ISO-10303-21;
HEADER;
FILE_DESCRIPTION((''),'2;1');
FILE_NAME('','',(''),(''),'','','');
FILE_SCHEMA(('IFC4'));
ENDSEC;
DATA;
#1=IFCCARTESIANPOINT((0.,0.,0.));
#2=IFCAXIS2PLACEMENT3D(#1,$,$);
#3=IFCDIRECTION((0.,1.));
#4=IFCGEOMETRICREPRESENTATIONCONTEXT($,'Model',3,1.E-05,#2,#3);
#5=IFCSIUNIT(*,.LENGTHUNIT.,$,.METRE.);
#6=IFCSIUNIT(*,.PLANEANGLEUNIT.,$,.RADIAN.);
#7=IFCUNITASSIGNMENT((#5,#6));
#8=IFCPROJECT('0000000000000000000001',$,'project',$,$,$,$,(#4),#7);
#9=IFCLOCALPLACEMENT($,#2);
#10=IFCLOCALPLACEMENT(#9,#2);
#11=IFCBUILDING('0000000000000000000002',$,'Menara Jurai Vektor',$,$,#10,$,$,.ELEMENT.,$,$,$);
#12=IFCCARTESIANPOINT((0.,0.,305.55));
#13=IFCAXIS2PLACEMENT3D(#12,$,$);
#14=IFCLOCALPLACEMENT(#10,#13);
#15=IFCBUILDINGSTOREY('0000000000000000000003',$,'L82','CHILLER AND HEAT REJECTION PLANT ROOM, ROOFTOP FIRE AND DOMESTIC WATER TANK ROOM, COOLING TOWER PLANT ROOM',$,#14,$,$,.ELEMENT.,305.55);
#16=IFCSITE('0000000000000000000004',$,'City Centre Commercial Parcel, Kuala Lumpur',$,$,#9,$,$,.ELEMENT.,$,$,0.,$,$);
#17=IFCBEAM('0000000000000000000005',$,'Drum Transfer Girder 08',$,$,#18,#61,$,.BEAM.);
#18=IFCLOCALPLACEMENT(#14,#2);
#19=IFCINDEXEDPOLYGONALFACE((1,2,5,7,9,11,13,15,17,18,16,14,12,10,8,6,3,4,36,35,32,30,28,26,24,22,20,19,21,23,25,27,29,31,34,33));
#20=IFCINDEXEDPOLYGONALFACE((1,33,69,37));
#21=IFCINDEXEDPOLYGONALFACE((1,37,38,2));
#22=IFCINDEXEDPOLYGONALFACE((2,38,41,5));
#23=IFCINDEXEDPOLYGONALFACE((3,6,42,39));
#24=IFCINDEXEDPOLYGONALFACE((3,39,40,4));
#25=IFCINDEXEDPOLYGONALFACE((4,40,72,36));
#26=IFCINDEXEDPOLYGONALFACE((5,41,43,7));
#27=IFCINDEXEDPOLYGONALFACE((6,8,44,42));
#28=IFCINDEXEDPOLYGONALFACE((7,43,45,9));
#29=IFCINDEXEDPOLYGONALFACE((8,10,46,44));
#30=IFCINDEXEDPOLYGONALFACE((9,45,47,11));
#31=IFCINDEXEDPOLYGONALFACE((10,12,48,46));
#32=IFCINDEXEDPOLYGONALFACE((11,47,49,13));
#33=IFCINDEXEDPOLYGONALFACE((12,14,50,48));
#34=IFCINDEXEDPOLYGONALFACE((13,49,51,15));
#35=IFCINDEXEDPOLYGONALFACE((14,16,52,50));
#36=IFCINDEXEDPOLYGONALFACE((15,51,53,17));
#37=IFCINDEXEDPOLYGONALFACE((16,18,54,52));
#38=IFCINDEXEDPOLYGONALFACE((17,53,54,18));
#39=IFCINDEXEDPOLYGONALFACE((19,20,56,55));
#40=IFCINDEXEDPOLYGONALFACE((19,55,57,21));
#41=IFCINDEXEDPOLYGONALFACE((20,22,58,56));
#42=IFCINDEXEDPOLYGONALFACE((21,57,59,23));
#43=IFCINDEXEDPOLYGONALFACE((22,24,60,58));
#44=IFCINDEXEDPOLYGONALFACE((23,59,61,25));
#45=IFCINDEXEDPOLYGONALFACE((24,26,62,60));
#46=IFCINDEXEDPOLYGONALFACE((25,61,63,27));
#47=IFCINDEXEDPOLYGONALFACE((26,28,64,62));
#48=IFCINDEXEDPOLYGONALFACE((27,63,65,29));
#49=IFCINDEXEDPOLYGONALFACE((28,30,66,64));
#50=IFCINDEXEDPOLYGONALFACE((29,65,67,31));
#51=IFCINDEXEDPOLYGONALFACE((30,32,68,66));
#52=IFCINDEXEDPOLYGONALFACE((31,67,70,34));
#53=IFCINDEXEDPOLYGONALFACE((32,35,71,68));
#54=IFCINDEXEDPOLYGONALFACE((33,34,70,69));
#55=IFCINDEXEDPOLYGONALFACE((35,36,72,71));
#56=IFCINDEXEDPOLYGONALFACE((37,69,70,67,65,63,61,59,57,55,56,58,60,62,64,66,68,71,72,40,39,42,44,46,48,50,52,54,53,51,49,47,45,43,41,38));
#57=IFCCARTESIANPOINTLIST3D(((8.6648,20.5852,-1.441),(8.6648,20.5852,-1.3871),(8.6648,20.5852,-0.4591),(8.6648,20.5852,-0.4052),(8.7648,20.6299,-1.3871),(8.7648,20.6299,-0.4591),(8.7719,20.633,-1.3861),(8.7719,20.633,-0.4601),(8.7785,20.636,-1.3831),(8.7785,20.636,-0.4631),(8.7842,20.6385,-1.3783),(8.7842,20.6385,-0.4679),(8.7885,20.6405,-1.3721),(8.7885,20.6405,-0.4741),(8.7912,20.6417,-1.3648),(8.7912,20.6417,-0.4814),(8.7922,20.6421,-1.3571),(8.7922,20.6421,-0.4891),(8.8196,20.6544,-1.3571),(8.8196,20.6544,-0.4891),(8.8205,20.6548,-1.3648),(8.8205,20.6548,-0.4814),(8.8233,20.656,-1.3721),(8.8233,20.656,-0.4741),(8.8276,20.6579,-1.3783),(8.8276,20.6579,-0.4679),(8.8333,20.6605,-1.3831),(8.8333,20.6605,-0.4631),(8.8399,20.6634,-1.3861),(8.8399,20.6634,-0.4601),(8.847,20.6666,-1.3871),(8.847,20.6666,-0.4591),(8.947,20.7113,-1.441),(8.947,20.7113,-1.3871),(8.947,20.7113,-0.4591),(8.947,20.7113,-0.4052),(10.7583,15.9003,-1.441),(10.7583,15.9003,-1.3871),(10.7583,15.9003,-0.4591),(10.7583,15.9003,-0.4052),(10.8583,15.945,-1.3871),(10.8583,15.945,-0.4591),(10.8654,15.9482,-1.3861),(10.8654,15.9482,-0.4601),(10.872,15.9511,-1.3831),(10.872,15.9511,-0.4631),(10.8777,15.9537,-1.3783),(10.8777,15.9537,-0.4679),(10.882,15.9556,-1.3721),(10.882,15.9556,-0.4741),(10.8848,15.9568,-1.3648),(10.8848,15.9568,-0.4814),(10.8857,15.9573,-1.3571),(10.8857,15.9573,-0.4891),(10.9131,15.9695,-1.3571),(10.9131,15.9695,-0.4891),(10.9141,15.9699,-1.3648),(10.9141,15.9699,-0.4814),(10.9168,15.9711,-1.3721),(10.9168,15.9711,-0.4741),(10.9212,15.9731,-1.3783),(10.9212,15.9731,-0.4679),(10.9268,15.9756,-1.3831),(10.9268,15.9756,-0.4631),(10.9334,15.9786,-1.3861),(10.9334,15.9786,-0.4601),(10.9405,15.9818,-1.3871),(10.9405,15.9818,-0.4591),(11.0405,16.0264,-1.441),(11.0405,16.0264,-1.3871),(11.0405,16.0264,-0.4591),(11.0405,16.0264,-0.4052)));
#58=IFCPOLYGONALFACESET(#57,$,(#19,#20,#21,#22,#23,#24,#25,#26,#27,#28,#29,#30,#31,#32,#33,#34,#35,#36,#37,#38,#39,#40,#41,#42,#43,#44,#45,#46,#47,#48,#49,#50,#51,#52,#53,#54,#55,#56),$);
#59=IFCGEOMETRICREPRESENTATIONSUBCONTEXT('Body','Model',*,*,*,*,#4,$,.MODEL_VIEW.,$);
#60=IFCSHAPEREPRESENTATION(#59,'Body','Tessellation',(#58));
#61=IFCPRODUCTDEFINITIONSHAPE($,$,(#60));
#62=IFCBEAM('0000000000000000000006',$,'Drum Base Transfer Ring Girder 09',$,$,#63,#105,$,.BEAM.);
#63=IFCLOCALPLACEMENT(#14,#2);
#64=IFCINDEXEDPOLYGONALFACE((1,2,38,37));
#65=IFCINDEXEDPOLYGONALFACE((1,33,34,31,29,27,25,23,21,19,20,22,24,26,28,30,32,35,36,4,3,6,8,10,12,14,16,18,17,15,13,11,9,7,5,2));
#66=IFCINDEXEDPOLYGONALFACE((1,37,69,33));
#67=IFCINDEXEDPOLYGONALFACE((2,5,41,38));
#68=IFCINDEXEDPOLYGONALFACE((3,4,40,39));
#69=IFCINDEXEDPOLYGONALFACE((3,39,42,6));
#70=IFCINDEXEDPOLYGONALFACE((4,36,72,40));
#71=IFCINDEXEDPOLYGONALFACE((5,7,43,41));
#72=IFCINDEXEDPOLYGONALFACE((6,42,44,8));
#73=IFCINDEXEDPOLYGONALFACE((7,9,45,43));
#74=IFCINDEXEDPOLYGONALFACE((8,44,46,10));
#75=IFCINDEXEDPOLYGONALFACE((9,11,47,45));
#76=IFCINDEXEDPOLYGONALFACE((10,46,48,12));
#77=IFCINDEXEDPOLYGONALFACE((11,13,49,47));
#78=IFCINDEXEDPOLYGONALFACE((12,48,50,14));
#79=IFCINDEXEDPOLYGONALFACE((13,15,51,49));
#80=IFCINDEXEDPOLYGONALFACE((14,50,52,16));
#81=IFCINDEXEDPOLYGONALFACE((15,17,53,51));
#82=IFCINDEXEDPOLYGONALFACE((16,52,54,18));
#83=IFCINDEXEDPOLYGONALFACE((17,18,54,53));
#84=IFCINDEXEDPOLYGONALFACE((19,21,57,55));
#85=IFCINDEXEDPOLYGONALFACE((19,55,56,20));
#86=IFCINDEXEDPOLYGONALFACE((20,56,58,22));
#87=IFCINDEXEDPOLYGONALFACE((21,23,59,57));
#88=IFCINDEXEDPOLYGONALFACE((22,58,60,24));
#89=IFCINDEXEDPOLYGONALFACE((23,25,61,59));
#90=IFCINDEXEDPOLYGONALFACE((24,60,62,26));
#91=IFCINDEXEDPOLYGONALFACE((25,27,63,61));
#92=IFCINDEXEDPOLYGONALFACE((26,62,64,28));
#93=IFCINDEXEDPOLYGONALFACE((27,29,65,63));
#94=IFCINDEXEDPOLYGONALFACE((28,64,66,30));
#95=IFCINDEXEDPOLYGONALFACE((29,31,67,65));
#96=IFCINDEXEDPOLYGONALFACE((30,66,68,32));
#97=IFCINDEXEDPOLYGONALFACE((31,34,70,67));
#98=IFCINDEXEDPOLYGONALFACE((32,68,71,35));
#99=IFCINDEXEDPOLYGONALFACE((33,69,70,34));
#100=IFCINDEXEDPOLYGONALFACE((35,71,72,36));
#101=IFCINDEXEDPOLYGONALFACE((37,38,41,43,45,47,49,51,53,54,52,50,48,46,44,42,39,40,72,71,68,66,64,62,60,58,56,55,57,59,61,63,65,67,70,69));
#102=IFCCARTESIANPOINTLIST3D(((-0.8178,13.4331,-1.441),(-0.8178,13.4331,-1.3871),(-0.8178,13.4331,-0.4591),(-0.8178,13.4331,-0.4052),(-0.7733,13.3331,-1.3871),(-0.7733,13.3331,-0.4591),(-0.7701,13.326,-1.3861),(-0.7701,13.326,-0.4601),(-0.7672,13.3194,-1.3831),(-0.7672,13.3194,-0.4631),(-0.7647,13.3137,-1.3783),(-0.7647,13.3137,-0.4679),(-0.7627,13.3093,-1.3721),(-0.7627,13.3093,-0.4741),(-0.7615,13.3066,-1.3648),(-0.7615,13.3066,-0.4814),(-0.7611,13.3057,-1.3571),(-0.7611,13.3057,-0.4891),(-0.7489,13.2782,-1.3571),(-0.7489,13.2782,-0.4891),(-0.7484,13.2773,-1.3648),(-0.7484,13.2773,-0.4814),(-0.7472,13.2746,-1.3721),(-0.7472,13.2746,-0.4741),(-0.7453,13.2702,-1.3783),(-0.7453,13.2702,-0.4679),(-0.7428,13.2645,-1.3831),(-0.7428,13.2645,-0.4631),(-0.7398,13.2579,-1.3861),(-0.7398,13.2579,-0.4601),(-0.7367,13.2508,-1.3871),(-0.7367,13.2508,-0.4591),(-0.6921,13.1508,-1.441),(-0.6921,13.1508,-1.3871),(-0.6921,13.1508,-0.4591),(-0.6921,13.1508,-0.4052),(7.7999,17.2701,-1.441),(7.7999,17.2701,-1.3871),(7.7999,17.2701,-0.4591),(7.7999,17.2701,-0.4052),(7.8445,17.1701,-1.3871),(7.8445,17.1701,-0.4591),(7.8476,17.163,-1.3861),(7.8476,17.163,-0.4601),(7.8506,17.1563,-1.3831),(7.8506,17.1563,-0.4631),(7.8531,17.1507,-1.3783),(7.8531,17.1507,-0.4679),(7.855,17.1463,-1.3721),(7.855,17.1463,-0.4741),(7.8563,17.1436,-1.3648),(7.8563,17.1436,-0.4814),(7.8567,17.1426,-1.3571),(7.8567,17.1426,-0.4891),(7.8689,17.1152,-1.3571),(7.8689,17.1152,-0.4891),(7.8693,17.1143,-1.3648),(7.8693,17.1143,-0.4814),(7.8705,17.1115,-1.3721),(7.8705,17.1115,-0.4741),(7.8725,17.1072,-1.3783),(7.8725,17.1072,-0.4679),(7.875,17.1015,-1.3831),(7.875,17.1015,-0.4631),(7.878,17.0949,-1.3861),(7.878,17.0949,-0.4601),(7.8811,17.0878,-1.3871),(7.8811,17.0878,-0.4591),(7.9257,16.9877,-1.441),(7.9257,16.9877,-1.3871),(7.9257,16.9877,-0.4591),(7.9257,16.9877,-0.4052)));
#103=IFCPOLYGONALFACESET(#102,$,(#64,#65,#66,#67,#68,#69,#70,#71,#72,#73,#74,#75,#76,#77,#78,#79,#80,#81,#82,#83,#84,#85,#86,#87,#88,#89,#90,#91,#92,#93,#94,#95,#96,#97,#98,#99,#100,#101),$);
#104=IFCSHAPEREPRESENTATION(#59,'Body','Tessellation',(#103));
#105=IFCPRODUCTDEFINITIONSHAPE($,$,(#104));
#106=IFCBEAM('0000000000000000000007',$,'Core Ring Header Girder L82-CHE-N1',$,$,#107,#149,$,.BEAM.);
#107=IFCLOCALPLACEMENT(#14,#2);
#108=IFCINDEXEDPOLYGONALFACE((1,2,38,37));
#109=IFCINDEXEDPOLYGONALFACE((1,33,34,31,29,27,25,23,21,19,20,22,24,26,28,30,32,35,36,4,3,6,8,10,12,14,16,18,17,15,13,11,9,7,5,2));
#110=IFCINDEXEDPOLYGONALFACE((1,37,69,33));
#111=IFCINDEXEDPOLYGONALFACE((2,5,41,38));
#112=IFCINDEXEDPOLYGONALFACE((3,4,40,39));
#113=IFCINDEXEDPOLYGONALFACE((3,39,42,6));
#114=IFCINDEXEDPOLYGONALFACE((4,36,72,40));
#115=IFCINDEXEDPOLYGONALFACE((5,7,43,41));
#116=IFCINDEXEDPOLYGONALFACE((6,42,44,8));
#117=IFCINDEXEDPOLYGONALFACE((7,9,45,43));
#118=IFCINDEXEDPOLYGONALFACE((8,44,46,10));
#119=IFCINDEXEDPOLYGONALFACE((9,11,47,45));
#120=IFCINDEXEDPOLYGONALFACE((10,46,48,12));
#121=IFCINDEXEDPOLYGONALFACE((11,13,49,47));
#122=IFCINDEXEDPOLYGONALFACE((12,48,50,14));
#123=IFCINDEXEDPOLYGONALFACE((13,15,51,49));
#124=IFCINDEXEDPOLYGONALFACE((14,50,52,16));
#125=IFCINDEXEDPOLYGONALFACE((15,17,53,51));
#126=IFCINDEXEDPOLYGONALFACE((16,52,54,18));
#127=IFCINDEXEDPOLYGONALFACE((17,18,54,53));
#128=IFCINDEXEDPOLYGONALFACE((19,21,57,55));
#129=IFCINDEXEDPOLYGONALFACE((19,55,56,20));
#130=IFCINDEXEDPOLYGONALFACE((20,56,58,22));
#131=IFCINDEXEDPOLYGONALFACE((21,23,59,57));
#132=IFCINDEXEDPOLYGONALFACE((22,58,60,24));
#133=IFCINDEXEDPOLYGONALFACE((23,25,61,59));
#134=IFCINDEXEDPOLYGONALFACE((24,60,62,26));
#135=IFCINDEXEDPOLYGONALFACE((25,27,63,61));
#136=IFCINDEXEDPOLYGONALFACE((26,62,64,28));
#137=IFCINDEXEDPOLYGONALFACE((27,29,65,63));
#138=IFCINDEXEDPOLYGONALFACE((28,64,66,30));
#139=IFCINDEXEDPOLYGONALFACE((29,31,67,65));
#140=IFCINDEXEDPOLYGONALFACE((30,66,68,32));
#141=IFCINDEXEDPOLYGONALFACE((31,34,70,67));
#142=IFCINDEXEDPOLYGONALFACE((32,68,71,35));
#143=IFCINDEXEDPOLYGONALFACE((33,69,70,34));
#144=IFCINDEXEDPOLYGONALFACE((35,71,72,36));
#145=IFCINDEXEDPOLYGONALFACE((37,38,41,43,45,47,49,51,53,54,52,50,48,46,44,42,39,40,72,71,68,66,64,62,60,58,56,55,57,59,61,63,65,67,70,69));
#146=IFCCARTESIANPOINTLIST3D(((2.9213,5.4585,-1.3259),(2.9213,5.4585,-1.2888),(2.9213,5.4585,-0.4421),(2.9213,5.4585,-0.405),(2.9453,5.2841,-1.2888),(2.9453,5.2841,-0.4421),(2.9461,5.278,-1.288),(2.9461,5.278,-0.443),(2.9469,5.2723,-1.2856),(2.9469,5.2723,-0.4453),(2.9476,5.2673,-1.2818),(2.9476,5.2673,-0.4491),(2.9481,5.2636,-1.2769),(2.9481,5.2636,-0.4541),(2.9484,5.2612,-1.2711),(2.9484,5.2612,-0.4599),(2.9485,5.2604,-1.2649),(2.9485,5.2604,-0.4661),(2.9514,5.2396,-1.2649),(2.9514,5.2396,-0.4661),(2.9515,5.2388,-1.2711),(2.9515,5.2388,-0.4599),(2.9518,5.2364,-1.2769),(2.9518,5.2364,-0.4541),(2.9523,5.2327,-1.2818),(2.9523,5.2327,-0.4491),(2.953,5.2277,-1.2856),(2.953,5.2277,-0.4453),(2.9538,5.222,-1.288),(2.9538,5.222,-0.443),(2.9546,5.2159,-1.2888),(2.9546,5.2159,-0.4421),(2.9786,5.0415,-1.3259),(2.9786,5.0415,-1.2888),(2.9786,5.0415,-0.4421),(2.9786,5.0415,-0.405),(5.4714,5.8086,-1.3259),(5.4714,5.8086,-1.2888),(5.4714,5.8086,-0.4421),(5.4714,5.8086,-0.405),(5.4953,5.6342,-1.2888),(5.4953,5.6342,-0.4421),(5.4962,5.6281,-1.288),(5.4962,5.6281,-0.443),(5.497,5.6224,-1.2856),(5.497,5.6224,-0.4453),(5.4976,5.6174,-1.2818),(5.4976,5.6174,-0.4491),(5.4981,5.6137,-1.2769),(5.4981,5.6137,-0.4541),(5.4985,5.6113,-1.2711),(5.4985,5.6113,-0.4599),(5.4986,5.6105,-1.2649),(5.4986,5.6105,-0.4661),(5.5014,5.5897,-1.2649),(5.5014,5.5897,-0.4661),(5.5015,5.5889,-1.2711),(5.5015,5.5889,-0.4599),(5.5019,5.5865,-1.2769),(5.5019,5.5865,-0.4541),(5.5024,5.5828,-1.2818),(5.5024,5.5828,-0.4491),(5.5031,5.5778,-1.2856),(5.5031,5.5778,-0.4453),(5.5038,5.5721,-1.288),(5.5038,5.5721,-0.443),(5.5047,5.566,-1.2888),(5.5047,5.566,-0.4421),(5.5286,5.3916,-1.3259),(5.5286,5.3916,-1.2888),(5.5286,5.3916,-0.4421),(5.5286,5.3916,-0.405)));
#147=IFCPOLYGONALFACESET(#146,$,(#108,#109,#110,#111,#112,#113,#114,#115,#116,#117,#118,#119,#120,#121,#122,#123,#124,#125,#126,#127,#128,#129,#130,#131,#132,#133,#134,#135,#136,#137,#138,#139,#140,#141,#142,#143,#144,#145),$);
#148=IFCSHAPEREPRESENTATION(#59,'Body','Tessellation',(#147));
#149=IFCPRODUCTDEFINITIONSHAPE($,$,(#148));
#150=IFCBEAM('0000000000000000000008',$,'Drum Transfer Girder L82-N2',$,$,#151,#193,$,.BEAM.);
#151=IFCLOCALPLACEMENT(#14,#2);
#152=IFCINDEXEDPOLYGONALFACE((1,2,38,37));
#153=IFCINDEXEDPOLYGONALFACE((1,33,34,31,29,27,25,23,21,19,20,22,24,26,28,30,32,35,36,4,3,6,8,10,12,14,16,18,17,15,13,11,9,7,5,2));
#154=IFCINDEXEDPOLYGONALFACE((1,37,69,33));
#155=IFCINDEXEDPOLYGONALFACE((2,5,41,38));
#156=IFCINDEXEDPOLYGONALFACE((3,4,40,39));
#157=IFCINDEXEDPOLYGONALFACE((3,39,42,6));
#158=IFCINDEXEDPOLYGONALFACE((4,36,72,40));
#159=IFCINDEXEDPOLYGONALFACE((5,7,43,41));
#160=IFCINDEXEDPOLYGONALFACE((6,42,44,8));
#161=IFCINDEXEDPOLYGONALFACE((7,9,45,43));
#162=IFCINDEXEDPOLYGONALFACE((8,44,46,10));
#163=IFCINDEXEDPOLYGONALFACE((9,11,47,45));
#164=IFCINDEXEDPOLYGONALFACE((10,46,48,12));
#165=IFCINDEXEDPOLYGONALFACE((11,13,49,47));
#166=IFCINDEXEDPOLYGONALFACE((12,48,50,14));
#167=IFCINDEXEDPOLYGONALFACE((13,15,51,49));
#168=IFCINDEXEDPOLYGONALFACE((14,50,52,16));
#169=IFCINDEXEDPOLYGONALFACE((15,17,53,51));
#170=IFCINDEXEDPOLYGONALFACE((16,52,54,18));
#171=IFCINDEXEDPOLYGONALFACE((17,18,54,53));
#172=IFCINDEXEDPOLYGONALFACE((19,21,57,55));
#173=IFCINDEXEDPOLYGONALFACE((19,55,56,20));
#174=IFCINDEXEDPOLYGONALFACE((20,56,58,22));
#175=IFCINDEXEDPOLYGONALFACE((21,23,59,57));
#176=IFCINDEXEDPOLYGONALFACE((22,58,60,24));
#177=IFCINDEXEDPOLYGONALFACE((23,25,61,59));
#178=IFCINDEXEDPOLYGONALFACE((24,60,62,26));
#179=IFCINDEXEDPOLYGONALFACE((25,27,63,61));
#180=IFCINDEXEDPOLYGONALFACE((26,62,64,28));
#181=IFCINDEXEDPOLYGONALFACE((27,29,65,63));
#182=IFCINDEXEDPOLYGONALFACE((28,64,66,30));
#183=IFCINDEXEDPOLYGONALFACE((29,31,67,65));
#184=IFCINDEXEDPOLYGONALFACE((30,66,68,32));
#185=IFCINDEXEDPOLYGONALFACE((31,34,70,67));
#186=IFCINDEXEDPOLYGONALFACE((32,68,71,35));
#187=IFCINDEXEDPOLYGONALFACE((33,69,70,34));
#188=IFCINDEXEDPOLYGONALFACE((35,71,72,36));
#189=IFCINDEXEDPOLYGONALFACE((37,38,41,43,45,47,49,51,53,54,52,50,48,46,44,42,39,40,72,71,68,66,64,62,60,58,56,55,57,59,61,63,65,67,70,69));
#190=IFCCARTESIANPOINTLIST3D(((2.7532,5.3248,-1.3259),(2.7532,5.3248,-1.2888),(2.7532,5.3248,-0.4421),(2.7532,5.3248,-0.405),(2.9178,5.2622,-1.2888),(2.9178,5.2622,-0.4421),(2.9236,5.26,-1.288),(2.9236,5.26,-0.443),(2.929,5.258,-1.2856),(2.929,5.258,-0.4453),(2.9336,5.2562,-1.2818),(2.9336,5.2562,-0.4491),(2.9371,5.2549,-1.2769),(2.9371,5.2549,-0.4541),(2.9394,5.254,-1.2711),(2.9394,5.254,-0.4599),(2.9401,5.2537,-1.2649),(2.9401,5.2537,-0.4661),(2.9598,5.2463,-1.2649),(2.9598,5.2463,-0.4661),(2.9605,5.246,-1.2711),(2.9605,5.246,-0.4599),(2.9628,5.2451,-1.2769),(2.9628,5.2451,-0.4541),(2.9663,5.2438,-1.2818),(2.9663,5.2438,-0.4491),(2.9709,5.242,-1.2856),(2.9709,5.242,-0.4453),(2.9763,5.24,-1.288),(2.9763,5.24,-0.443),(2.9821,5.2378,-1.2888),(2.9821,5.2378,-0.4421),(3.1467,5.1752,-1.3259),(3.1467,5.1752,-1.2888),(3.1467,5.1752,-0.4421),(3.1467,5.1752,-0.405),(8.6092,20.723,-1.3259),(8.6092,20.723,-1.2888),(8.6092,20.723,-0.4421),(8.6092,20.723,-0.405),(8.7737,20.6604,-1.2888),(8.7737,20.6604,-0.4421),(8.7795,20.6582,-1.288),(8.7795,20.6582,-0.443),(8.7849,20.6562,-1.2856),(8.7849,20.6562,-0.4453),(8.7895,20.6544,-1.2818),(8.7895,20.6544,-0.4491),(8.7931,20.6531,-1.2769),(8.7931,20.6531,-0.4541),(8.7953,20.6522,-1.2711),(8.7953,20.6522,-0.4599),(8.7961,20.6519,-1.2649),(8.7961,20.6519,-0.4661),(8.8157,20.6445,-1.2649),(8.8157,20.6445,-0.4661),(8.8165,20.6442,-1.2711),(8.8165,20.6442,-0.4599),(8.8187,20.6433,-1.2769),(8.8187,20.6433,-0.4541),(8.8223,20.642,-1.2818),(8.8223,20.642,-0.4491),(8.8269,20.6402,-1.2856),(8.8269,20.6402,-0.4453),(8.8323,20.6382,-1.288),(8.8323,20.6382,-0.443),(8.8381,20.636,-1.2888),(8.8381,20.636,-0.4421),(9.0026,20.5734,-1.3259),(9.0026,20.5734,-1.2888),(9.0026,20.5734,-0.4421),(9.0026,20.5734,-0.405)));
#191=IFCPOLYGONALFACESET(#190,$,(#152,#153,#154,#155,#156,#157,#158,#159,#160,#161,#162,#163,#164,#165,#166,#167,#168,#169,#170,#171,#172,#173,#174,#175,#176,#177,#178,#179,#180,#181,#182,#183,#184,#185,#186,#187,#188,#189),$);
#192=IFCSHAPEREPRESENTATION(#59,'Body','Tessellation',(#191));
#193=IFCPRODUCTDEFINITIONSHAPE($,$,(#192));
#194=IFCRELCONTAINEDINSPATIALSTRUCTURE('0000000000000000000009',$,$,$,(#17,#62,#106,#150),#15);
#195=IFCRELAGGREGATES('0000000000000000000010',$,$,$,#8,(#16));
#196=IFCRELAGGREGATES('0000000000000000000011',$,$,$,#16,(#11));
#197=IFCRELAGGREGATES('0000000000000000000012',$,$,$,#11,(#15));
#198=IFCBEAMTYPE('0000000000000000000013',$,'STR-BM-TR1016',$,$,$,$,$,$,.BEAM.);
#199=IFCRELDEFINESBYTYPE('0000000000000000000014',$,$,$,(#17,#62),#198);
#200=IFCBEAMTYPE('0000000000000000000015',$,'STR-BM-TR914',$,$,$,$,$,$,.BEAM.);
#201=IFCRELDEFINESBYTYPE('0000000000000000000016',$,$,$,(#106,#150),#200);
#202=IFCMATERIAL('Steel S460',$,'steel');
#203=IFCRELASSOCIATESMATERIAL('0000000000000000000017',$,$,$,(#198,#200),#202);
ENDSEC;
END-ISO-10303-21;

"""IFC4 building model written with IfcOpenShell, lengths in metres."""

from ifc_helpers import new_model, si_unit, direction, frame, origin, origin_2d, place, context, subcontext, project, spatial, i_section, extrude, material, material_profile, profile_set, type_object, element, save


model = new_model("IFC4")

# Units and contexts
model_context = context("Model", 3, precision=1e-05, world=origin(), true_north=direction((0.0, 1.0)))
body_context = subcontext(model_context, "Body", "Model", "MODEL_VIEW")
ifc_project = project(units=[si_unit("LENGTHUNIT", "METRE"), si_unit("PLANEANGLEUNIT", "RADIAN")], contexts=[model_context])

# Site, building, storey
site_placement = place(None, origin())
site = spatial("IfcSite", under=ifc_project, at=site_placement, Name="City Centre Commercial Parcel, Kuala Lumpur", CompositionType="ELEMENT", RefElevation=0.0)
building_placement = place(site_placement, origin())
building = spatial("IfcBuilding", under=site, at=building_placement, Name="Menara Jurai Vektor", CompositionType="ELEMENT")
storey_placement = place(building_placement, frame((0.0, 0.0, 305.55)))
storey = spatial("IfcBuildingStorey", under=building, at=storey_placement, Name="L82", Description="CHILLER AND HEAT REJECTION PLANT ROOM, ROOFTOP FIRE AND DOMESTIC WATER TANK ROOM, COOLING TOWER PLANT ROOM", CompositionType="ELEMENT", Elevation=305.55)

# Shared definitions
ifc_material_1 = material(Name="Steel S460", Category="steel")

# Beams
ifc_material_profile_1 = material_profile(ifc_material_1, i_section(OverallWidth=0.3091, OverallDepth=1.0359, WebThickness=0.03, FlangeThickness=0.054, FilletRadius=0.03, at=origin_2d()), Name="UKB 1016x305x487")
ifc_profile_set_1 = profile_set([ifc_material_profile_1], Name="Steel S460")
beam_type_1 = type_object("IfcBeamType", Name="STR-BM-TR1016", PredefinedType="BEAM", material=ifc_profile_set_1)
beam_1_placement = place(storey_placement, frame((10.8994, 15.9634, -0.9231), z_axis=(-0.407987, 0.912988, 0.0), x_axis=(-0.912988, -0.407987, 0.0)))
element("IfcBeam", 1, at=beam_1_placement, inside=storey, type_object=beam_type_1, Name="Drum Transfer Girder 08", PredefinedType="BEAM", context=body_context, shape_type="SweptSolid", body=[
    extrude(i_section(OverallWidth=0.3091, OverallDepth=1.0359, WebThickness=0.03, FlangeThickness=0.054, FilletRadius=0.03, at=origin_2d()), origin(), (0.0, 0.0, 1.0), 5.1313),
])
beam_2_placement = place(storey_placement, frame((7.8628, 17.1289, -0.9231), z_axis=(-0.913542, -0.406744, 0.0), x_axis=(0.406744, -0.913542, 0.0)))
element("IfcBeam", 2, at=beam_2_placement, inside=storey, type_object=beam_type_1, Name="Drum Base Transfer Ring Girder 09", PredefinedType="BEAM", context=body_context, shape_type="SweptSolid", body=[
    extrude(i_section(OverallWidth=0.3091, OverallDepth=1.0359, WebThickness=0.03, FlangeThickness=0.054, FilletRadius=0.03, at=origin_2d()), origin(), (0.0, 0.0, 1.0), 9.4333),
])
ifc_material_profile_2 = material_profile(ifc_material_1, i_section(OverallWidth=0.4209, OverallDepth=0.9209, WebThickness=0.021, FlangeThickness=0.0371, FilletRadius=0.0239, at=origin_2d()), Name="UKB 914x419x388")
ifc_profile_set_2 = profile_set([ifc_material_profile_2], Name="Steel S460")
beam_type_2 = type_object("IfcBeamType", Name="STR-BM-TR914", PredefinedType="BEAM", material=ifc_profile_set_2)
beam_3_placement = place(storey_placement, frame((2.95, 5.25, -0.8655), z_axis=(0.990707, 0.136015, 0.0), x_axis=(-0.136015, 0.990707, 0.0)))
element("IfcBeam", 3, at=beam_3_placement, inside=storey, type_object=beam_type_2, Name="Core Ring Header Girder L82-CHE-N1", PredefinedType="BEAM", context=body_context, shape_type="SweptSolid", body=[
    extrude(i_section(OverallWidth=0.4209, OverallDepth=0.9209, WebThickness=0.021, FlangeThickness=0.0371, FilletRadius=0.0239, at=origin_2d()), origin(), (0.0, 0.0, 1.0), 2.574),
])
beam_4_placement = place(storey_placement, frame((8.8059, 20.6482, -0.8655), z_axis=(-0.355464, -0.93469, 0.0), x_axis=(0.93469, -0.355464, 0.0)))
element("IfcBeam", 4, at=beam_4_placement, inside=storey, type_object=beam_type_2, Name="Drum Transfer Girder L82-N2", PredefinedType="BEAM", context=body_context, shape_type="SweptSolid", body=[
    extrude(i_section(OverallWidth=0.4209, OverallDepth=0.9209, WebThickness=0.021, FlangeThickness=0.0371, FilletRadius=0.0239, at=origin_2d()), origin(), (0.0, 0.0, 1.0), 16.4741),
])

save(model, "model.ifc")
